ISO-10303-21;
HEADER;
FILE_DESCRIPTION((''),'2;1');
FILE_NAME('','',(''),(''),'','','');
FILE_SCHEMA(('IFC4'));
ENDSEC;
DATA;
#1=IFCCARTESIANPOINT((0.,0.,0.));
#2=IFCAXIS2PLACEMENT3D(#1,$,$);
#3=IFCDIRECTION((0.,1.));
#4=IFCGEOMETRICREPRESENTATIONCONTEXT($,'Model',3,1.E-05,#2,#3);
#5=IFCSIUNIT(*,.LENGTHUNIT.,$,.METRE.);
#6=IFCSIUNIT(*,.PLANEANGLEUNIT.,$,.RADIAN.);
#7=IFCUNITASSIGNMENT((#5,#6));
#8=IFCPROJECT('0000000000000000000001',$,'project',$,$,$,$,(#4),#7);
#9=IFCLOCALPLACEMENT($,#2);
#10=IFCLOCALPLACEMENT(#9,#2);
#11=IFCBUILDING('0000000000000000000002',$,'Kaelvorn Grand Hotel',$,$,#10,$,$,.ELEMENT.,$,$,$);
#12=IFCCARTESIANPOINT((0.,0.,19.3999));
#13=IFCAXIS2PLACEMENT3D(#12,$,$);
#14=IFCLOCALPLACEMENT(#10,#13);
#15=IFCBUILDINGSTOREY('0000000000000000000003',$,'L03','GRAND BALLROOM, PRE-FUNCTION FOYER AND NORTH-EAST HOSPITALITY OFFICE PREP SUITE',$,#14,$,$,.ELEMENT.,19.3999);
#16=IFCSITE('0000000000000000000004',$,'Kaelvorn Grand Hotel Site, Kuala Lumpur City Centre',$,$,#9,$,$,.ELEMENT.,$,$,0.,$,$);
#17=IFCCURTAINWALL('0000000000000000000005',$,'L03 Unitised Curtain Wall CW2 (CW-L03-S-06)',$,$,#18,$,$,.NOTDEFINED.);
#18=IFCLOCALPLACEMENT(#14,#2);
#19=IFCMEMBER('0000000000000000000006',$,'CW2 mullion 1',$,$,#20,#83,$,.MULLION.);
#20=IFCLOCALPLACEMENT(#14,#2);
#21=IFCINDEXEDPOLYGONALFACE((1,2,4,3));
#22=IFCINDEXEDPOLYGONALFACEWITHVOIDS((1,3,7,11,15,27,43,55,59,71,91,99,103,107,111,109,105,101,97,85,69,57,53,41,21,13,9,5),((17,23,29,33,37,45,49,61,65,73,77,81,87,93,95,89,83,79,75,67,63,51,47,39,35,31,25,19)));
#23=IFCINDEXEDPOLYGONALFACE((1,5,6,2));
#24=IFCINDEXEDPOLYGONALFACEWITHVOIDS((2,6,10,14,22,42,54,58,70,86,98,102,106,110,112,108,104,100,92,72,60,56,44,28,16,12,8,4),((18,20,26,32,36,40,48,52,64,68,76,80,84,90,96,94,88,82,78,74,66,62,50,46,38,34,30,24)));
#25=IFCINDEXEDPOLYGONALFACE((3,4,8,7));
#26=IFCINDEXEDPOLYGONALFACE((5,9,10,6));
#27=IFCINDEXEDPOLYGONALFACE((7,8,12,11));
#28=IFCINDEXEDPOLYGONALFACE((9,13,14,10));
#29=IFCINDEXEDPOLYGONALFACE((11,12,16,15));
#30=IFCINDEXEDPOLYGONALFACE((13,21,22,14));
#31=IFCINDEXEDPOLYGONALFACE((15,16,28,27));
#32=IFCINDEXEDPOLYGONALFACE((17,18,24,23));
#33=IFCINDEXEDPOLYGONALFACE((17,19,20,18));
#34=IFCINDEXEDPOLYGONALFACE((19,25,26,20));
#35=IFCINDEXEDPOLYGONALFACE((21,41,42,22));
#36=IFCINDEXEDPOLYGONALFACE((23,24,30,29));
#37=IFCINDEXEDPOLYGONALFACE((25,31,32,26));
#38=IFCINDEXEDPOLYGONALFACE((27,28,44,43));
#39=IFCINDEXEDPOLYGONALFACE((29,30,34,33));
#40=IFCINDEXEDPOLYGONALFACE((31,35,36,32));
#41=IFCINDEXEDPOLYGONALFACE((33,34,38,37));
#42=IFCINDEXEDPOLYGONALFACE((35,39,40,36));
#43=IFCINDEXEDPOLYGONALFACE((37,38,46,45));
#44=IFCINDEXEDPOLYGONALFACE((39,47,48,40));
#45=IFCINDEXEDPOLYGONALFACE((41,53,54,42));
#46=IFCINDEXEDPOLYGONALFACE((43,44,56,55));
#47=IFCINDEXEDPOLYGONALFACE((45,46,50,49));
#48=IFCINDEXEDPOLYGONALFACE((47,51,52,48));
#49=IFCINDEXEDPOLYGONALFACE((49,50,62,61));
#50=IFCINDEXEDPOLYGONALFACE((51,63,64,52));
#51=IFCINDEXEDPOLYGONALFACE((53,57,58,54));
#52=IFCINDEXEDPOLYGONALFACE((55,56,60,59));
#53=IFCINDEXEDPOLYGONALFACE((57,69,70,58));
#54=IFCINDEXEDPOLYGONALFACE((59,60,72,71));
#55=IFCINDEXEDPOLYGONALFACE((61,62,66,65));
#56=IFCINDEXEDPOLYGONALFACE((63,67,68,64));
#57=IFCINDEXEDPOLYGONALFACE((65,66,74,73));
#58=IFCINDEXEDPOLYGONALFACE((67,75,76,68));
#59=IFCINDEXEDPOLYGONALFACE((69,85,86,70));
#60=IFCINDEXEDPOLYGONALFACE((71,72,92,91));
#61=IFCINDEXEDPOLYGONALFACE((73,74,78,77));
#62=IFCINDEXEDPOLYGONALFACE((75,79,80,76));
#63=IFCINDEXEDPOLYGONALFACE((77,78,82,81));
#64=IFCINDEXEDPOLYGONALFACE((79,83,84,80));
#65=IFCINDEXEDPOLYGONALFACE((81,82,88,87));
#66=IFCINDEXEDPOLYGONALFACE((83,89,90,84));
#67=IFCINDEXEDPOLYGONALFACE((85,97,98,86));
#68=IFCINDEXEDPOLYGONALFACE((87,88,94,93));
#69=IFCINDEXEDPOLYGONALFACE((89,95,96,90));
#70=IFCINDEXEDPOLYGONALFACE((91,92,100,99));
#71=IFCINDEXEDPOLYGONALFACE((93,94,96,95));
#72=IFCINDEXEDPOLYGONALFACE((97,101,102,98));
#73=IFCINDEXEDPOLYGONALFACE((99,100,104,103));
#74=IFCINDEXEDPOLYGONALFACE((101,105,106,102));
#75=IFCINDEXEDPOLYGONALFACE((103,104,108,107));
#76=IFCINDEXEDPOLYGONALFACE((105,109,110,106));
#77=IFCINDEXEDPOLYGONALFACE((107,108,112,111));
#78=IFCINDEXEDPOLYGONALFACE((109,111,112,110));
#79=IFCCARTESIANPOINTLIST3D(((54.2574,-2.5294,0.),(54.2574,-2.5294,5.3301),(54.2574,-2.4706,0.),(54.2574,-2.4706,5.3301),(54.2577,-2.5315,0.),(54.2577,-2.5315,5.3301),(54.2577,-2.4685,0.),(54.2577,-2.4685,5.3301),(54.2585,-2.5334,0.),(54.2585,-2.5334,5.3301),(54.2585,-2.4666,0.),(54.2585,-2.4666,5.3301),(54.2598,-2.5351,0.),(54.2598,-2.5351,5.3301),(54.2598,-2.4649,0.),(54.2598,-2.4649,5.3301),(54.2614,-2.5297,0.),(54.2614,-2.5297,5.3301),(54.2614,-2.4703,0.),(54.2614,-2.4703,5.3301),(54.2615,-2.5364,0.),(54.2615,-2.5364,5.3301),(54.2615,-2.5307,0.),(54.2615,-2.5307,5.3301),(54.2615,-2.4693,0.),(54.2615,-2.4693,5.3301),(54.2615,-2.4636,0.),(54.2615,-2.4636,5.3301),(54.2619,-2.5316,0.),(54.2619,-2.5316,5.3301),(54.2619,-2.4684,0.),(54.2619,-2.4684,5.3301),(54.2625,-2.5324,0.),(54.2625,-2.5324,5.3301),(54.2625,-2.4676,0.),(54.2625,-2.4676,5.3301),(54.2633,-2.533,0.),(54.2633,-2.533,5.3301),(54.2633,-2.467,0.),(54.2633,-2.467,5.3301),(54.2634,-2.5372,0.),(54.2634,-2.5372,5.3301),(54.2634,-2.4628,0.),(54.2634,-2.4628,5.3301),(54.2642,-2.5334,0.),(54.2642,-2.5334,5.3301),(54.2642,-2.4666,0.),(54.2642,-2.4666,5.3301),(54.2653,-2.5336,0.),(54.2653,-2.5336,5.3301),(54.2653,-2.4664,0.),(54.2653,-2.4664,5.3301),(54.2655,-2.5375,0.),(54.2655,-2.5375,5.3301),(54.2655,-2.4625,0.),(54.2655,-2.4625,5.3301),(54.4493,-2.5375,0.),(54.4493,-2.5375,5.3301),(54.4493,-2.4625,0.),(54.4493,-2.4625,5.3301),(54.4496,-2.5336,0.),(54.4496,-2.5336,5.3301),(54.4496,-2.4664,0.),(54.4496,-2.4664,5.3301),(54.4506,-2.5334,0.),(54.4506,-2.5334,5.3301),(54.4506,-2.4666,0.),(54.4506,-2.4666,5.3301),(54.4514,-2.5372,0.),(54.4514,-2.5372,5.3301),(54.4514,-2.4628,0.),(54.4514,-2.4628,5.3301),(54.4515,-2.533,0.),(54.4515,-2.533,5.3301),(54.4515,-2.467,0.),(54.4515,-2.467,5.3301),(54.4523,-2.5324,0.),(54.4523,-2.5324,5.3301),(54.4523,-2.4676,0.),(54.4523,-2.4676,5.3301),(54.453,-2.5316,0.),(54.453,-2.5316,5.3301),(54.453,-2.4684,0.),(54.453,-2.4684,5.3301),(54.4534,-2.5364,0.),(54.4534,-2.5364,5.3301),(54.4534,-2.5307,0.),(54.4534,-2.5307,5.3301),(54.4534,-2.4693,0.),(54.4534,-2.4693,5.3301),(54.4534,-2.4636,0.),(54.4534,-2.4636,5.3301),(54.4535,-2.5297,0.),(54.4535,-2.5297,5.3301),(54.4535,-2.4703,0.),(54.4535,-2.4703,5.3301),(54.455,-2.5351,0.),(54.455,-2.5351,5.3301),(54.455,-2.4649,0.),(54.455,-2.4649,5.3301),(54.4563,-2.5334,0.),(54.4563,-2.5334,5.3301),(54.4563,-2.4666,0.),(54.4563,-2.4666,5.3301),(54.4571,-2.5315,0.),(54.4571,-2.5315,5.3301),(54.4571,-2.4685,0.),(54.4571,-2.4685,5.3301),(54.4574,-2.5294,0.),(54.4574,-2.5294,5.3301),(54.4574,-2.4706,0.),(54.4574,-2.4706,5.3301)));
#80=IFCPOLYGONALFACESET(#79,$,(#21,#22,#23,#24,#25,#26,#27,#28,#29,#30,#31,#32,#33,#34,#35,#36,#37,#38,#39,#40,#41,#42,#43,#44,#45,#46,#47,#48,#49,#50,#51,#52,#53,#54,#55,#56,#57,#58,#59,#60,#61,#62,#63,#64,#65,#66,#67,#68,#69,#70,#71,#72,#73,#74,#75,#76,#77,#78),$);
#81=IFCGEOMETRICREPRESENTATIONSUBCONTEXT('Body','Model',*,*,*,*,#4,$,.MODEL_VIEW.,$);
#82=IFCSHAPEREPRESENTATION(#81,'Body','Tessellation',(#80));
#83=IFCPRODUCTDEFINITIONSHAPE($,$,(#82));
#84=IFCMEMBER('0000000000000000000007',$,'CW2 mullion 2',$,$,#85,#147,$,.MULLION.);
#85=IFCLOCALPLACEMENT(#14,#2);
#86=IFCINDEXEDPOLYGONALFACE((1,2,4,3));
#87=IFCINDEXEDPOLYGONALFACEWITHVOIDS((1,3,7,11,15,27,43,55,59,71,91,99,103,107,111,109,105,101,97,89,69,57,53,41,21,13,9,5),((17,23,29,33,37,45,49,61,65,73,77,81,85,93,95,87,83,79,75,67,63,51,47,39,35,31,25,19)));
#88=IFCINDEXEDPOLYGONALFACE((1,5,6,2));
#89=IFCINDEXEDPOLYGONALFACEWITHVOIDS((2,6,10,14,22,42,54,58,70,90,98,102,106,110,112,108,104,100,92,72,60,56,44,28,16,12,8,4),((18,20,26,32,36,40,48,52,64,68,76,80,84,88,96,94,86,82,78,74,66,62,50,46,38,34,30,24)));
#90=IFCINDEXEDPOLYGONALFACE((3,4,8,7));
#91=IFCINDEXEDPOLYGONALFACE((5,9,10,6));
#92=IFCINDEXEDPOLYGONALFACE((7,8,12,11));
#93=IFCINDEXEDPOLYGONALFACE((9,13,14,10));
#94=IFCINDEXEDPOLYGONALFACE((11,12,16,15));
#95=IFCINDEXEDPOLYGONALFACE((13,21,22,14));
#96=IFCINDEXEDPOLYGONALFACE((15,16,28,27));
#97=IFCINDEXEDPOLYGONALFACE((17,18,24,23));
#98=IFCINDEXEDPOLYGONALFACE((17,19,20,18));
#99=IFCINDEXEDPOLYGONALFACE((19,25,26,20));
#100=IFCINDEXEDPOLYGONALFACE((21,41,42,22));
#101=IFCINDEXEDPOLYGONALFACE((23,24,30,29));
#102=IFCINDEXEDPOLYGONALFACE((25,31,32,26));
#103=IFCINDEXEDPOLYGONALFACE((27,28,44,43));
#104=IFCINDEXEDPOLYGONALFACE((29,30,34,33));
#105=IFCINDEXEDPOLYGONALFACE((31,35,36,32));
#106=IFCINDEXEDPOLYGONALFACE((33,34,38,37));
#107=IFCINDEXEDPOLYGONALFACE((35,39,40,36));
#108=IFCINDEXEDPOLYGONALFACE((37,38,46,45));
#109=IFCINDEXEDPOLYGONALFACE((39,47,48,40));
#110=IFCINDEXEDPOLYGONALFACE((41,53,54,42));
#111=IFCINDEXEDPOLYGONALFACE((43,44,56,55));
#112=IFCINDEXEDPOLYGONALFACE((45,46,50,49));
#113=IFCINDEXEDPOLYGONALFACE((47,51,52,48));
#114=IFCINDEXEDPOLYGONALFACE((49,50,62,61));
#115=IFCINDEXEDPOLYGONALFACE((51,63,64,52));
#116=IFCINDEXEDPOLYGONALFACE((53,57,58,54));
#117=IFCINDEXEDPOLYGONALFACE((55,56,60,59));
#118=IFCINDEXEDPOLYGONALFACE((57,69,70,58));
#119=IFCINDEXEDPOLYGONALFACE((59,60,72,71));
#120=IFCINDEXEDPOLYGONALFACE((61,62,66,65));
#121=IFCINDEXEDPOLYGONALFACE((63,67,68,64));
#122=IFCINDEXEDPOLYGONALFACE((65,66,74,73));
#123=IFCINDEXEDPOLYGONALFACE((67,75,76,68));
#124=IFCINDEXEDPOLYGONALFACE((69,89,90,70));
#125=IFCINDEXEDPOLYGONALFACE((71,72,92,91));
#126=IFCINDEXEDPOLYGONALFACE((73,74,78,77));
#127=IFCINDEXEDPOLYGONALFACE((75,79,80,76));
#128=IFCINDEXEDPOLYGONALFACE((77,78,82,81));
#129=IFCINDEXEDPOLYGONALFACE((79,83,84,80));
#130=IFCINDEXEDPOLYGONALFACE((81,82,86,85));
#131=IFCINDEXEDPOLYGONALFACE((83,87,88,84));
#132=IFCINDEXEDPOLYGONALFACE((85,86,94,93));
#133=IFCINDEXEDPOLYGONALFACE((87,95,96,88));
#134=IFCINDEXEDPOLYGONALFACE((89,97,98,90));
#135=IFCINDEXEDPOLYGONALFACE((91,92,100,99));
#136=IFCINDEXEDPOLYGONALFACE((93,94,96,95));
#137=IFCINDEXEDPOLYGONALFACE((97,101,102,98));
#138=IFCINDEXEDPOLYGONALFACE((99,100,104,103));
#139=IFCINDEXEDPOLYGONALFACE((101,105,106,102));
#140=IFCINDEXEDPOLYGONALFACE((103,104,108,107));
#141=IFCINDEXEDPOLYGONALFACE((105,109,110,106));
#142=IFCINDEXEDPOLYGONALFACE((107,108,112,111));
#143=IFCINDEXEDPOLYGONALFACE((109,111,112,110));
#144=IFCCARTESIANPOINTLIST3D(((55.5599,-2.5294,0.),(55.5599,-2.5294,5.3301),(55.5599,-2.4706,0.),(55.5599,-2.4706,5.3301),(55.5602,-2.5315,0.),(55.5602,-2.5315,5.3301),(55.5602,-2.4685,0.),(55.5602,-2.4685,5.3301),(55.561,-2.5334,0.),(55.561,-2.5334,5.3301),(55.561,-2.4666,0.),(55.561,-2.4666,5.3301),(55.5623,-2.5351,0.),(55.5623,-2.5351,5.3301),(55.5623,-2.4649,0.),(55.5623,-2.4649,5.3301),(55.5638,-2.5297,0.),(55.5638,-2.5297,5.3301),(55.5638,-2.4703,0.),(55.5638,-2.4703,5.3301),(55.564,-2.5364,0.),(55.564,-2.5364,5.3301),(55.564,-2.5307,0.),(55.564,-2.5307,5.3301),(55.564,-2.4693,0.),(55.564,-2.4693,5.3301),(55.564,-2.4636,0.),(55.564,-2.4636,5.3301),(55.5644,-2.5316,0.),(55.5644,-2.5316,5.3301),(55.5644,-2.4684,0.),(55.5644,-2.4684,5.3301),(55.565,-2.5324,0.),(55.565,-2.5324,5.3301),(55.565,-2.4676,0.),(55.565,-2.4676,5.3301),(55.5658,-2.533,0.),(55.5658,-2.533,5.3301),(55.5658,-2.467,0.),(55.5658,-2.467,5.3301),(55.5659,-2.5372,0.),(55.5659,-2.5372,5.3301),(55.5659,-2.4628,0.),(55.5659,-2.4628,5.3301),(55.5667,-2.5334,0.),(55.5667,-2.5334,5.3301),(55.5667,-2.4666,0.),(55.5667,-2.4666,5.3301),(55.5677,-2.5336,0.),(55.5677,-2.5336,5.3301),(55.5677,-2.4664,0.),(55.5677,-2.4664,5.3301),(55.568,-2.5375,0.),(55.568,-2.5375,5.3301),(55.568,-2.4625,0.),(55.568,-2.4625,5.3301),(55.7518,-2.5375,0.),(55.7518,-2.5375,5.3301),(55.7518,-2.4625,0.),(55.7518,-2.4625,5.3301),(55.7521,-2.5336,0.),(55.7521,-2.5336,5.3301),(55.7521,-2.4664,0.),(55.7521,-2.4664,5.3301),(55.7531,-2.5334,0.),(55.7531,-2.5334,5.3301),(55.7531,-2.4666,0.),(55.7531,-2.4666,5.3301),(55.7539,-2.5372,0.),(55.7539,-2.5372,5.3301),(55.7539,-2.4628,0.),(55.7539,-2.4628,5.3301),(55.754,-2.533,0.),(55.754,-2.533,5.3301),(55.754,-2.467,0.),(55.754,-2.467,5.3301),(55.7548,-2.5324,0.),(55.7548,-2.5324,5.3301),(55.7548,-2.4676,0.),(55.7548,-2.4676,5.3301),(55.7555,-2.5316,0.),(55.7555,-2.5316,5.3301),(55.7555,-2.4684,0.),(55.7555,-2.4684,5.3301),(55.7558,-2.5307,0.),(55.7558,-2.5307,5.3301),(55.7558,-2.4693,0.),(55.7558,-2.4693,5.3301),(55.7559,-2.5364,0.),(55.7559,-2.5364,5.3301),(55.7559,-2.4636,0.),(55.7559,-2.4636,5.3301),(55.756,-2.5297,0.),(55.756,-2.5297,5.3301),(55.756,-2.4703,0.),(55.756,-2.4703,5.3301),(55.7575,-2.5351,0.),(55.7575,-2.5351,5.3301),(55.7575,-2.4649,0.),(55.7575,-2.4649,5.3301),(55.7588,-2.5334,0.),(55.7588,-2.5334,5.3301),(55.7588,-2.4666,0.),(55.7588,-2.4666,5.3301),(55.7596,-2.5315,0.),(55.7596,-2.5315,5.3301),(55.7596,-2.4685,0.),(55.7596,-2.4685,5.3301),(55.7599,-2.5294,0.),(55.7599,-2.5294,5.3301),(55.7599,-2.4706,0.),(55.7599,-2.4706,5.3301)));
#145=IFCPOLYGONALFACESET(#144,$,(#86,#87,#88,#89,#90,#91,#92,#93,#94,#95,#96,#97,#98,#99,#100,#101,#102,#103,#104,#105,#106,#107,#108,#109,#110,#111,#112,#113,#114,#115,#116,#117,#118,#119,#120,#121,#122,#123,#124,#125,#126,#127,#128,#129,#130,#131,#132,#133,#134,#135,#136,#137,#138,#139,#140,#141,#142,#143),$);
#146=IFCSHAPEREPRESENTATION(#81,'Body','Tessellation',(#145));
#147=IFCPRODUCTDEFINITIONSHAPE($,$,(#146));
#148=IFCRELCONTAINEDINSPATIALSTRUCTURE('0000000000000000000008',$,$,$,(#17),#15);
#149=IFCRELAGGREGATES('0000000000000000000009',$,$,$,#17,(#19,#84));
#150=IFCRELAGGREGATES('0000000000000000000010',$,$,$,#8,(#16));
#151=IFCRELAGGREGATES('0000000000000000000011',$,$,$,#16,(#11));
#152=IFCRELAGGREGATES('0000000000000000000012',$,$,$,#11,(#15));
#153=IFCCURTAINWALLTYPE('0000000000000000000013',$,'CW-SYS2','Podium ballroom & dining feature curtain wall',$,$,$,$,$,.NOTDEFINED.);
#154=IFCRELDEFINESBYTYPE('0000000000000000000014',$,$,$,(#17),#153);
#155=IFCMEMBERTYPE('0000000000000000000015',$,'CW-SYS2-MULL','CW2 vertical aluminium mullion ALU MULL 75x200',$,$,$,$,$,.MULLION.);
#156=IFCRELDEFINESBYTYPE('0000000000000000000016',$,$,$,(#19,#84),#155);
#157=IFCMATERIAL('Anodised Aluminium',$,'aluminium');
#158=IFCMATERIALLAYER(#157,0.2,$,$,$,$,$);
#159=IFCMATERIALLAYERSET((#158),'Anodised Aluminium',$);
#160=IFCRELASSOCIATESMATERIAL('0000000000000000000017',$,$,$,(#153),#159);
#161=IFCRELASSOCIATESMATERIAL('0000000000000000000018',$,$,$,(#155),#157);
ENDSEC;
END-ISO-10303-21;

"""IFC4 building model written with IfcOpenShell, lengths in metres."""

from ifc_helpers import new_model, si_unit, direction, frame, origin, origin_2d, place, context, subcontext, project, spatial, hollow_rectangle, extrude, material, layer, layer_set, material_profile, profile_set, type_object, element, aggregate, save


model = new_model("IFC4")

# Units and contexts
model_context = context("Model", 3, precision=1e-05, world=origin(), true_north=direction((0.0, 1.0)))
body_context = subcontext(model_context, "Body", "Model", "MODEL_VIEW")
ifc_project = project(units=[si_unit("LENGTHUNIT", "METRE"), si_unit("PLANEANGLEUNIT", "RADIAN")], contexts=[model_context])

# Site, building, storey
site_placement = place(None, origin())
site = spatial("IfcSite", under=ifc_project, at=site_placement, Name="Kaelvorn Grand Hotel Site, Kuala Lumpur City Centre", CompositionType="ELEMENT", RefElevation=0.0)
building_placement = place(site_placement, origin())
building = spatial("IfcBuilding", under=site, at=building_placement, Name="Kaelvorn Grand Hotel", CompositionType="ELEMENT")
storey_placement = place(building_placement, frame((0.0, 0.0, 19.3999)))
storey = spatial("IfcBuildingStorey", under=building, at=storey_placement, Name="L03", Description="GRAND BALLROOM, PRE-FUNCTION FOYER AND NORTH-EAST HOSPITALITY OFFICE PREP SUITE", CompositionType="ELEMENT", Elevation=19.3999)

# Shared definitions
ifc_material_1 = material(Name="Anodised Aluminium", Category="aluminium")
ifc_layer_1 = layer(ifc_material_1, 0.2)
ifc_layer_set_1 = layer_set([ifc_layer_1], Name="Anodised Aluminium")
curtain_wall_type = type_object("IfcCurtainWallType", Name="CW-SYS2", Description="Podium ballroom & dining feature curtain wall", PredefinedType="NOTDEFINED", material=ifc_layer_set_1)
ifc_material_profile_1 = material_profile(ifc_material_1, hollow_rectangle(XDim=0.075, YDim=0.2, WallThickness=0.0039, InnerFilletRadius=0.0039, OuterFilletRadius=0.0081, at=origin_2d()), Name="ALU MULL 75x200")
ifc_profile_set_1 = profile_set([ifc_material_profile_1], Name="Anodised Aluminium")
member_type_1 = type_object("IfcMemberType", Name="CW-SYS2-MULL", Description="CW2 vertical aluminium mullion ALU MULL 75x200", PredefinedType="MULLION", material=ifc_profile_set_1)

# Curtain wall, members
curtain_wall_1_placement = place(storey_placement, origin())
curtain_wall_1 = element("IfcCurtainWall", 1, at=curtain_wall_1_placement, inside=storey, type_object=curtain_wall_type, Name="L03 Unitised Curtain Wall CW2 (CW-L03-S-06)", PredefinedType="NOTDEFINED")
member_1_placement = place(storey_placement, frame((54.3574, -2.5, 0.0), z_axis=(0.0, 0.0, 1.0), x_axis=(0.0, 1.0, 0.0)))
member_1 = element("IfcMember", 2, at=member_1_placement, type_object=member_type_1, Name="CW2 mullion 1", PredefinedType="MULLION", context=body_context, shape_type="SweptSolid", body=[
    extrude(hollow_rectangle(XDim=0.075, YDim=0.2, WallThickness=0.0039, InnerFilletRadius=0.0039, OuterFilletRadius=0.0081, at=origin_2d()), origin(), (0.0, 0.0, 1.0), 5.3301),
])
member_2_placement = place(storey_placement, frame((55.6599, -2.5, 0.0), z_axis=(0.0, 0.0, 1.0), x_axis=(0.0, 1.0, 0.0)))
member_2 = element("IfcMember", 3, at=member_2_placement, type_object=member_type_1, Name="CW2 mullion 2", PredefinedType="MULLION", context=body_context, shape_type="SweptSolid", body=[
    extrude(hollow_rectangle(XDim=0.075, YDim=0.2, WallThickness=0.0039, InnerFilletRadius=0.0039, OuterFilletRadius=0.0081, at=origin_2d()), origin(), (0.0, 0.0, 1.0), 5.3301),
])

aggregate(curtain_wall_1, [member_1, member_2])

save(model, "model.ifc")
